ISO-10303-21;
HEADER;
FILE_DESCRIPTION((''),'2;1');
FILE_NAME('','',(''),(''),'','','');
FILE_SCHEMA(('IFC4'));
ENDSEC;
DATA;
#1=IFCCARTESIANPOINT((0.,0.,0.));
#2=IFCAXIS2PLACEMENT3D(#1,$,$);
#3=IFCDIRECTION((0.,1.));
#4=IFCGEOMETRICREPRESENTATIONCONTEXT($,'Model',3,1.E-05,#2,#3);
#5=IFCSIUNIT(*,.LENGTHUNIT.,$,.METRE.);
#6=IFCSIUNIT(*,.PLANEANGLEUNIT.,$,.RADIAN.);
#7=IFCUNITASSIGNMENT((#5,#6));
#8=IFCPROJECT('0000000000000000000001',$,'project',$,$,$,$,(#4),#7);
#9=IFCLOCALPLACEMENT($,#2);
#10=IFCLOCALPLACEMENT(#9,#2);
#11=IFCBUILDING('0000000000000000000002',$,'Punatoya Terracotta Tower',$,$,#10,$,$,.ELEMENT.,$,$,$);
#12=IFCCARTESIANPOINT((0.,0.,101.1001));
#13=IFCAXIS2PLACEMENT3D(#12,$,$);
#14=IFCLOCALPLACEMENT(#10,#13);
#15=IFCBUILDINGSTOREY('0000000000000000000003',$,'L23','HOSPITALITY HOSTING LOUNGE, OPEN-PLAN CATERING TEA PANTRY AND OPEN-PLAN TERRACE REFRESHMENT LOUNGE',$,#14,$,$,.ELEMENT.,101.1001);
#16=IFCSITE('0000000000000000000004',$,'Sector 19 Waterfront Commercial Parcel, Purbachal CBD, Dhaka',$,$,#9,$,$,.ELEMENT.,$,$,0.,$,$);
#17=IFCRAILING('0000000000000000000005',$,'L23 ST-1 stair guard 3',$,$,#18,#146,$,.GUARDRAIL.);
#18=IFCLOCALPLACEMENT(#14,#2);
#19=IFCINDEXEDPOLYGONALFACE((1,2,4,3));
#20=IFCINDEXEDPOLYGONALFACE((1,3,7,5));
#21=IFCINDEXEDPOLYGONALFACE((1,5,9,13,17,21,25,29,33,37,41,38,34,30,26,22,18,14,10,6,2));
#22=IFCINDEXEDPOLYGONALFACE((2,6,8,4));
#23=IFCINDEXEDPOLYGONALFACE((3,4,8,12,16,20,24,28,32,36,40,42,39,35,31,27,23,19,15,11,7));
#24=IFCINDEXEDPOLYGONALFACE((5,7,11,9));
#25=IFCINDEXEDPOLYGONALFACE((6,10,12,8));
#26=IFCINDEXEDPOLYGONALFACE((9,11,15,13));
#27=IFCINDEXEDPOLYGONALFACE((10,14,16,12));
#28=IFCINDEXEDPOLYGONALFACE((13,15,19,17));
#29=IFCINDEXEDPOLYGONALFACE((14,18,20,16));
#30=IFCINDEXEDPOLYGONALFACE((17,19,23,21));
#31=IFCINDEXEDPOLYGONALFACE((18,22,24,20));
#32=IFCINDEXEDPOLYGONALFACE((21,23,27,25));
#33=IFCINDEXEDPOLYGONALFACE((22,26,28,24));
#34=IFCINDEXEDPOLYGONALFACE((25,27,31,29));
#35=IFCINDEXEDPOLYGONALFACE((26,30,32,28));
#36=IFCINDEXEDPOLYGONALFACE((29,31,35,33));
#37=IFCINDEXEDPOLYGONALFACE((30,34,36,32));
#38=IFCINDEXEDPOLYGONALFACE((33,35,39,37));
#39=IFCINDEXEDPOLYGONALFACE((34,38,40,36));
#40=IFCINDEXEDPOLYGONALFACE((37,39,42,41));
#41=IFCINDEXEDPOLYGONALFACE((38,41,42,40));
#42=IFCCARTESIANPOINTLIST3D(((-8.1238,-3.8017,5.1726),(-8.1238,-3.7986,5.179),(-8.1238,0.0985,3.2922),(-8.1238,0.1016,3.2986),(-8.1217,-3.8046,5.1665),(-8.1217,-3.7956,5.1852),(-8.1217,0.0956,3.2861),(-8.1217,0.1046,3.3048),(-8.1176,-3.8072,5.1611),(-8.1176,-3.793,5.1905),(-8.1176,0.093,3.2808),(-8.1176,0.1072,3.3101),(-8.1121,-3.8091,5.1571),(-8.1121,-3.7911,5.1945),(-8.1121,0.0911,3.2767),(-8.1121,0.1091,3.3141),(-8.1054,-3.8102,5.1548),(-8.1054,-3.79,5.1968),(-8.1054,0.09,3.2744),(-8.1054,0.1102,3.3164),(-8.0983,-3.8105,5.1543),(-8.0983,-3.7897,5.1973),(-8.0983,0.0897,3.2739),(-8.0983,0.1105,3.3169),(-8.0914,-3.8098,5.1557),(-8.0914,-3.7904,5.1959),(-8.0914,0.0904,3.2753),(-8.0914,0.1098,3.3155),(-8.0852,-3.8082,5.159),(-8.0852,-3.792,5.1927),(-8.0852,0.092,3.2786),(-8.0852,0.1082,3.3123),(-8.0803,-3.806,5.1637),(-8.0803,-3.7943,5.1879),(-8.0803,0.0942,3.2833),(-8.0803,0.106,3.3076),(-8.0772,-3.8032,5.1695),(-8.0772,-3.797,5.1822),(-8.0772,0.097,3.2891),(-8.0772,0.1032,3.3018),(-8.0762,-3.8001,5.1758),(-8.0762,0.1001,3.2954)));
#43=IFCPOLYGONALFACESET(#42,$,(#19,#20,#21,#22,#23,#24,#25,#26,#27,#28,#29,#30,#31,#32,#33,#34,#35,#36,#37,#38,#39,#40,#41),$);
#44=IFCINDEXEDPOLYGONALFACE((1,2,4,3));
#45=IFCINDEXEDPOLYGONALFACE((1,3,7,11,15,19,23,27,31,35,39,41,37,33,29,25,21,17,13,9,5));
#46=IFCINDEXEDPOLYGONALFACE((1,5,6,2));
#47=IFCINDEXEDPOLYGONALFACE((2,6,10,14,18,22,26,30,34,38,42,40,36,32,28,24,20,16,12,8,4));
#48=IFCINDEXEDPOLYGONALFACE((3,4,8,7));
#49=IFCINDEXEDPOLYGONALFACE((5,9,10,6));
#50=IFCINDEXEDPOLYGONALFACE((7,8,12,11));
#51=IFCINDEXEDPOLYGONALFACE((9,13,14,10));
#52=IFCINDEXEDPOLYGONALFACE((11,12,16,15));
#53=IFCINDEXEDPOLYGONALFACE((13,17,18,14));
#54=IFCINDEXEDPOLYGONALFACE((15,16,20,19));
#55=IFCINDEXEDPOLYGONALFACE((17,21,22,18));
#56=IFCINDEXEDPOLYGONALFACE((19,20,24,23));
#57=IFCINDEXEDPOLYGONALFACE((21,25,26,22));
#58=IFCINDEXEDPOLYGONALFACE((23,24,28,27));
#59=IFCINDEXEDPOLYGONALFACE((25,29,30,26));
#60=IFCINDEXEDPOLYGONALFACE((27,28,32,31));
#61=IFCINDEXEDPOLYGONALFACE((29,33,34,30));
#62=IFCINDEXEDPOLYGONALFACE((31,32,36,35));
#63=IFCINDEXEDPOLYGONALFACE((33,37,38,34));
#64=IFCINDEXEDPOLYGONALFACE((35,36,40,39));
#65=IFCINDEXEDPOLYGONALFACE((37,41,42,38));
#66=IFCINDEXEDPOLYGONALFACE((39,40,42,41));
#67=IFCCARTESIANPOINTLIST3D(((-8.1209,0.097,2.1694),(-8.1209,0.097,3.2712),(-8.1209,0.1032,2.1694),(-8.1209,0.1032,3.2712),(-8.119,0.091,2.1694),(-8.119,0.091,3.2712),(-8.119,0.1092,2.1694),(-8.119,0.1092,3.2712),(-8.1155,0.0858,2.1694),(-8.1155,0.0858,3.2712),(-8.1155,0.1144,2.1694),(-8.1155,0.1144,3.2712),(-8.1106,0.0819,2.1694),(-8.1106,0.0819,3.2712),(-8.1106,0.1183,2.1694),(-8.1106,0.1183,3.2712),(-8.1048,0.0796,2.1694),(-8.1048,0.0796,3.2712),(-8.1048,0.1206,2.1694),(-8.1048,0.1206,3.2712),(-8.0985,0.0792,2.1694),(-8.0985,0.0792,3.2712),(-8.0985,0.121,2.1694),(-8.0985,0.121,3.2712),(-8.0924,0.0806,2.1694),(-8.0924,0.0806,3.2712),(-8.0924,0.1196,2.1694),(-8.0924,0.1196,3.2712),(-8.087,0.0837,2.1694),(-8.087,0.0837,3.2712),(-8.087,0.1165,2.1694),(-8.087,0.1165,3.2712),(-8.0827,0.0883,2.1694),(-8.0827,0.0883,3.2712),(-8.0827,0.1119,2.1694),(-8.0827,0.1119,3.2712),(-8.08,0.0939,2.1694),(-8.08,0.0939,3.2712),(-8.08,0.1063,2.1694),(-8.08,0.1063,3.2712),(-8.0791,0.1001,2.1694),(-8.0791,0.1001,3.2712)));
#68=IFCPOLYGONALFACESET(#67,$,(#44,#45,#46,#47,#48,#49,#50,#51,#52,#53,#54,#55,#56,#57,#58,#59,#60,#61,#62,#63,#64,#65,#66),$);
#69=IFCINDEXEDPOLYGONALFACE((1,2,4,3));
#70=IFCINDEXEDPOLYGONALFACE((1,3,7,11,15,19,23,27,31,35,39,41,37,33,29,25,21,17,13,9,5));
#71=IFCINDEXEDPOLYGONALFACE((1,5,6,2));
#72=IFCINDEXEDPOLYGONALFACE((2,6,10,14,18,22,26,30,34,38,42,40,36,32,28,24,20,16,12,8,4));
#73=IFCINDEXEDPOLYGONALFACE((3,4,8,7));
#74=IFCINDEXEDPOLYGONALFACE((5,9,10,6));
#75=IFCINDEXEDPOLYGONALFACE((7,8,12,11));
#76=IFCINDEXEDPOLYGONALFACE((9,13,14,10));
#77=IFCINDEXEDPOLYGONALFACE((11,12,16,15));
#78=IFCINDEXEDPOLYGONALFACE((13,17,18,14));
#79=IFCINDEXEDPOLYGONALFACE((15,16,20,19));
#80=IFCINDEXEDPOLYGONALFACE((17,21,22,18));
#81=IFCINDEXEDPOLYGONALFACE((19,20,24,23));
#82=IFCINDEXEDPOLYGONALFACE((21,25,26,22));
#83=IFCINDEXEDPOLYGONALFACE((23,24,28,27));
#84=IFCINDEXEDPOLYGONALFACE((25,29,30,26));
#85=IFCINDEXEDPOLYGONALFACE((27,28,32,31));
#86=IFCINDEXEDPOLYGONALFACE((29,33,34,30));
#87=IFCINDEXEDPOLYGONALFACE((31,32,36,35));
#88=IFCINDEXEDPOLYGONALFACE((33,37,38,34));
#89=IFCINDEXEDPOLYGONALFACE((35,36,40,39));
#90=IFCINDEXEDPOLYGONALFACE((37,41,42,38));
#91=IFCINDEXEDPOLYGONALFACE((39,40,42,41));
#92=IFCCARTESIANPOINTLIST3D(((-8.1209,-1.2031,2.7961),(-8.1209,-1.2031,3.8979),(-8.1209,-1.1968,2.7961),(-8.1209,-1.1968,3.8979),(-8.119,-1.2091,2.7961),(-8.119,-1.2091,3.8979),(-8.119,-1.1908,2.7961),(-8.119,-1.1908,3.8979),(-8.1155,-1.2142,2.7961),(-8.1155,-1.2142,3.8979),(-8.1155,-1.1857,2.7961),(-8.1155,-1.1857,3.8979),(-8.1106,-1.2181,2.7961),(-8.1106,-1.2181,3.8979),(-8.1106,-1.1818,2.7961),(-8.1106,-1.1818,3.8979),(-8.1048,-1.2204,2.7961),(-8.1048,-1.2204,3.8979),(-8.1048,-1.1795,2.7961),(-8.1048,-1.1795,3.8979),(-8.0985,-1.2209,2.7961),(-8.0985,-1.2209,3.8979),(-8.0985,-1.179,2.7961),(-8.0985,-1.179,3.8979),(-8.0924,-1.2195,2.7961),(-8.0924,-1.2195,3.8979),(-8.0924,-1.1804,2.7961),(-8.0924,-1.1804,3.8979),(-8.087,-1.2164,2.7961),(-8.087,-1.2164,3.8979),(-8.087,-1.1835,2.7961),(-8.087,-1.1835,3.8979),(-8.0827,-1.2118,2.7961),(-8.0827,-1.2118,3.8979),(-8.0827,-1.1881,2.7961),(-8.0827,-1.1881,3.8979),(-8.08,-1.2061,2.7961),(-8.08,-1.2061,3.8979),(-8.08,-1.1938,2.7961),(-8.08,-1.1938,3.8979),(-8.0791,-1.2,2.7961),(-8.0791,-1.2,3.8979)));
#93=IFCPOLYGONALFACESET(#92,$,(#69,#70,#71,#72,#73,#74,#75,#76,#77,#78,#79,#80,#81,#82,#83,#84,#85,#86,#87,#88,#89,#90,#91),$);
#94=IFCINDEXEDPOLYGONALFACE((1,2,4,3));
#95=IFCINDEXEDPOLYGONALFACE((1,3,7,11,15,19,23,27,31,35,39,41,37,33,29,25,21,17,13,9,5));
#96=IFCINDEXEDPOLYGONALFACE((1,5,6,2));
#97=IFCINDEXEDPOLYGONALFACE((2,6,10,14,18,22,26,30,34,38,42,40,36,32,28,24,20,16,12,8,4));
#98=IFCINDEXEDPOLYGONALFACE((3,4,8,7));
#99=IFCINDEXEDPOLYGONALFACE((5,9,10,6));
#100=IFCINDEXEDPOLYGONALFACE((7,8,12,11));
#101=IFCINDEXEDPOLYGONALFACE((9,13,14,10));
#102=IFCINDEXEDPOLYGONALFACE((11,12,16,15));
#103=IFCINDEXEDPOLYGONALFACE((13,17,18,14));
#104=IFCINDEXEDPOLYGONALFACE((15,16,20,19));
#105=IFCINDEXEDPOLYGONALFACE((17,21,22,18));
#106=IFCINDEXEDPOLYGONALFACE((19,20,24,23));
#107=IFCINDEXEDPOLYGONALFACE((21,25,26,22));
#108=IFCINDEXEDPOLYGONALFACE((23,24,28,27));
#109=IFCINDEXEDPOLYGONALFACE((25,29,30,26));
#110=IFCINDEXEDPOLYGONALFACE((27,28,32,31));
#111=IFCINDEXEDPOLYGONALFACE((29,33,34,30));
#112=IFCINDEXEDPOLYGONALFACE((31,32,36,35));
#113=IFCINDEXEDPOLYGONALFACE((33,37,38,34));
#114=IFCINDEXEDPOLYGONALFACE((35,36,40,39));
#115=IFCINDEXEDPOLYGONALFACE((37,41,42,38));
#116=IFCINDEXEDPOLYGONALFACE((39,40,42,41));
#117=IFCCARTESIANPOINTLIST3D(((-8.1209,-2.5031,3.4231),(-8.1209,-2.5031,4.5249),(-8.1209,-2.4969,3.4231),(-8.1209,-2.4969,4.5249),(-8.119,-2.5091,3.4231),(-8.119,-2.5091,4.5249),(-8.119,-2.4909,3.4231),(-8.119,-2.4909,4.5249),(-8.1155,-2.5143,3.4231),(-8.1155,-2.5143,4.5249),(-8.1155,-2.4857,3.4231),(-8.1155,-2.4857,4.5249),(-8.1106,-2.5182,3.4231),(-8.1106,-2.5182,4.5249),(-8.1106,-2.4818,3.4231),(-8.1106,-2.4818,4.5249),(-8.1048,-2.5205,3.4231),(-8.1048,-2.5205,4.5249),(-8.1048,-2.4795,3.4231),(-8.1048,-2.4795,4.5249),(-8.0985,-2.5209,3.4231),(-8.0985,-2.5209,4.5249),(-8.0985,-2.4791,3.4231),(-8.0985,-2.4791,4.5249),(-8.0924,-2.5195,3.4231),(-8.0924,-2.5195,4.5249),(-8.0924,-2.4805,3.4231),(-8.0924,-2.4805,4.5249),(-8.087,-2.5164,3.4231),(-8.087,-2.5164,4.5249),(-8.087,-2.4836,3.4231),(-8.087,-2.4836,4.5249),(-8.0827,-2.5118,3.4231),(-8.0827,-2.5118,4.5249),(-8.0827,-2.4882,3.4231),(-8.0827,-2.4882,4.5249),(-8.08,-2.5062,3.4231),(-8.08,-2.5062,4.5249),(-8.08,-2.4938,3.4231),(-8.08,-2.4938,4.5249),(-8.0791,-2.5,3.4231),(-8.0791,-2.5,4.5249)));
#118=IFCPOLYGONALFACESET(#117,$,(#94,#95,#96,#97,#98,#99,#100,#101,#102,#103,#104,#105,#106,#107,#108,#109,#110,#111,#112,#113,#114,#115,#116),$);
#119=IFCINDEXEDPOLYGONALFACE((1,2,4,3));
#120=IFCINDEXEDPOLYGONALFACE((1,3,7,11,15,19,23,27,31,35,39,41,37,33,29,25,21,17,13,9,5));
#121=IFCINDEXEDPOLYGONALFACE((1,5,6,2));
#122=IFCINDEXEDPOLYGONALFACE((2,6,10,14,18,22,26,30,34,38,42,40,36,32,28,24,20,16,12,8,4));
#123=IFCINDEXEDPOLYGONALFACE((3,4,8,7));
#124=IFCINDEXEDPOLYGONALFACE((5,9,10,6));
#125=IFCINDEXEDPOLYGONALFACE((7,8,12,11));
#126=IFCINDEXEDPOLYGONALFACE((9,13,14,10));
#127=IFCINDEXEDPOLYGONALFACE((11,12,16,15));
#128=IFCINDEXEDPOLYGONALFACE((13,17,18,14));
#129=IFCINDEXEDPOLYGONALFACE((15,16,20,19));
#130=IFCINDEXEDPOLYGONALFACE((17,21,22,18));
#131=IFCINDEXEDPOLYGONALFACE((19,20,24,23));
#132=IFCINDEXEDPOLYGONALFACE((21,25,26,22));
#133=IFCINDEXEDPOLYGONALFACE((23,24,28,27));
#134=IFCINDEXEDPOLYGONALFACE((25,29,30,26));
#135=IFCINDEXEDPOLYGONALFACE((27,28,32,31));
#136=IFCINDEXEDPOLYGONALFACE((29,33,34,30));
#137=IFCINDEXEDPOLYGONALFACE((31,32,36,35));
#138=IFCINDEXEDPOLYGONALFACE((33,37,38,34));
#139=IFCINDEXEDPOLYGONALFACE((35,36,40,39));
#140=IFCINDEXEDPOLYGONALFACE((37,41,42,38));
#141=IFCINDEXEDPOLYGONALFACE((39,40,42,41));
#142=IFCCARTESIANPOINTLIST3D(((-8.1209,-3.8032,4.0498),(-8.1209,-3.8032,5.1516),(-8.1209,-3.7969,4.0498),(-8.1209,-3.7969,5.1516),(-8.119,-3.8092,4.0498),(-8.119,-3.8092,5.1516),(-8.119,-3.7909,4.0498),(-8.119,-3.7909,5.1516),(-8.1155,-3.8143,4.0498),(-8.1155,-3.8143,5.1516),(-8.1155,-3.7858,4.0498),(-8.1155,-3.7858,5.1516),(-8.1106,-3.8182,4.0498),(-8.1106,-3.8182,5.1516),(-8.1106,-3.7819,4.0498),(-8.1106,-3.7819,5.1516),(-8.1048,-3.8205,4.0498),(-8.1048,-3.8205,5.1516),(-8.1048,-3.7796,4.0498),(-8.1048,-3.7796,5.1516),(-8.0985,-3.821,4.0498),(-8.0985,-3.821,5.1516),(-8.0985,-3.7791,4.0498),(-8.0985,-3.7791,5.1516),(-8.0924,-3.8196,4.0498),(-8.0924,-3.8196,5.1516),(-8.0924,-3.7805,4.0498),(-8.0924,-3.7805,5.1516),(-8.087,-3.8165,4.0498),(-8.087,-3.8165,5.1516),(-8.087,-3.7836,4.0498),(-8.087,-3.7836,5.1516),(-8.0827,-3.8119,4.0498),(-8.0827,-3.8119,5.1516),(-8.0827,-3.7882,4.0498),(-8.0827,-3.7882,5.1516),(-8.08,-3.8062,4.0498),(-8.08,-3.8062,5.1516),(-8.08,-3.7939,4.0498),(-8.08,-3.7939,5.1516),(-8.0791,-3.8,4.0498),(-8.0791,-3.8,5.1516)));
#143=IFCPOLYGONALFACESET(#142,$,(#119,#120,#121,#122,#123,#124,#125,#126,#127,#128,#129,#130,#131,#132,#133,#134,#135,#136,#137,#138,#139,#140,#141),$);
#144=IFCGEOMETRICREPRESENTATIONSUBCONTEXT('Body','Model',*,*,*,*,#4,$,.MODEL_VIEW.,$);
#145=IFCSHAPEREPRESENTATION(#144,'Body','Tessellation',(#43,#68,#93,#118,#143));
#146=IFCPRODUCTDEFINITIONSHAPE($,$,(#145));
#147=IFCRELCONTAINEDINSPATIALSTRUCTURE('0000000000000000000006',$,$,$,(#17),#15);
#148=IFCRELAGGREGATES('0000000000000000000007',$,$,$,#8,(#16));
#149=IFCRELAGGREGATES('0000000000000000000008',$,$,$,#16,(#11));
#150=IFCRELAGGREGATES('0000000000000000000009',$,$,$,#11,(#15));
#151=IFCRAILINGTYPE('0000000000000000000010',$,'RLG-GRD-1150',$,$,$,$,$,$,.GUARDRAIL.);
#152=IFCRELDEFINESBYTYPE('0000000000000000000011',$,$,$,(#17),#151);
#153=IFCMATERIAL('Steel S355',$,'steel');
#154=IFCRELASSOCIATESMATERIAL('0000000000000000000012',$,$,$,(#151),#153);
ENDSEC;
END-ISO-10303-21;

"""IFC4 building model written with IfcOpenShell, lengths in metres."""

from ifc_helpers import new_model, si_unit, direction, frame, origin, origin_2d, place, context, subcontext, project, spatial, circle, extrude, material, type_object, element, save


model = new_model("IFC4")

# Units and contexts
model_context = context("Model", 3, precision=1e-05, world=origin(), true_north=direction((0.0, 1.0)))
body_context = subcontext(model_context, "Body", "Model", "MODEL_VIEW")
ifc_project = project(units=[si_unit("LENGTHUNIT", "METRE"), si_unit("PLANEANGLEUNIT", "RADIAN")], contexts=[model_context])

# Site, building, storey
site_placement = place(None, origin())
site = spatial("IfcSite", under=ifc_project, at=site_placement, Name="Sector 19 Waterfront Commercial Parcel, Purbachal CBD, Dhaka", CompositionType="ELEMENT", RefElevation=0.0)
building_placement = place(site_placement, origin())
building = spatial("IfcBuilding", under=site, at=building_placement, Name="Punatoya Terracotta Tower", CompositionType="ELEMENT")
storey_placement = place(building_placement, frame((0.0, 0.0, 101.1001)))
storey = spatial("IfcBuildingStorey", under=building, at=storey_placement, Name="L23", Description="HOSPITALITY HOSTING LOUNGE, OPEN-PLAN CATERING TEA PANTRY AND OPEN-PLAN TERRACE REFRESHMENT LOUNGE", CompositionType="ELEMENT", Elevation=101.1001)

# Shared definitions
ifc_material_1 = material(Name="Steel S355", Category="steel")

# Railing
railing_type_1 = type_object("IfcRailingType", Name="RLG-GRD-1150", PredefinedType="GUARDRAIL", material=ifc_material_1)
railing_1_placement = place(storey_placement, frame((-8.1001, 0.1001, 2.1694)))
element("IfcRailing", 1, at=railing_1_placement, inside=storey, type_object=railing_type_1, Name="L23 ST-1 stair guard 3", PredefinedType="GUARDRAIL", context=body_context, shape_type="SweptSolid", body=[
    extrude(circle(Radius=0.0239, at=origin_2d()), frame((0.0, 0.0, 1.126), z_axis=(0.0, -0.900774, 0.434289), x_axis=(1.0, 0.0, 0.0)), (0.0, 0.0, 1.0), 4.3298),
    extrude(circle(Radius=0.021, at=origin_2d()), origin(), (0.0, 0.0, 1.0), 1.1018),
    extrude(circle(Radius=0.021, at=origin_2d()), frame((0.0, -1.3, 0.6267)), (0.0, 0.0, 1.0), 1.1018),
    extrude(circle(Radius=0.021, at=origin_2d()), frame((0.0, -2.6001, 1.2537)), (0.0, 0.0, 1.0), 1.1018),
    extrude(circle(Radius=0.021, at=origin_2d()), frame((0.0, -3.9001, 1.8804)), (0.0, 0.0, 1.0), 1.1018),
])

save(model, "model.ifc")
